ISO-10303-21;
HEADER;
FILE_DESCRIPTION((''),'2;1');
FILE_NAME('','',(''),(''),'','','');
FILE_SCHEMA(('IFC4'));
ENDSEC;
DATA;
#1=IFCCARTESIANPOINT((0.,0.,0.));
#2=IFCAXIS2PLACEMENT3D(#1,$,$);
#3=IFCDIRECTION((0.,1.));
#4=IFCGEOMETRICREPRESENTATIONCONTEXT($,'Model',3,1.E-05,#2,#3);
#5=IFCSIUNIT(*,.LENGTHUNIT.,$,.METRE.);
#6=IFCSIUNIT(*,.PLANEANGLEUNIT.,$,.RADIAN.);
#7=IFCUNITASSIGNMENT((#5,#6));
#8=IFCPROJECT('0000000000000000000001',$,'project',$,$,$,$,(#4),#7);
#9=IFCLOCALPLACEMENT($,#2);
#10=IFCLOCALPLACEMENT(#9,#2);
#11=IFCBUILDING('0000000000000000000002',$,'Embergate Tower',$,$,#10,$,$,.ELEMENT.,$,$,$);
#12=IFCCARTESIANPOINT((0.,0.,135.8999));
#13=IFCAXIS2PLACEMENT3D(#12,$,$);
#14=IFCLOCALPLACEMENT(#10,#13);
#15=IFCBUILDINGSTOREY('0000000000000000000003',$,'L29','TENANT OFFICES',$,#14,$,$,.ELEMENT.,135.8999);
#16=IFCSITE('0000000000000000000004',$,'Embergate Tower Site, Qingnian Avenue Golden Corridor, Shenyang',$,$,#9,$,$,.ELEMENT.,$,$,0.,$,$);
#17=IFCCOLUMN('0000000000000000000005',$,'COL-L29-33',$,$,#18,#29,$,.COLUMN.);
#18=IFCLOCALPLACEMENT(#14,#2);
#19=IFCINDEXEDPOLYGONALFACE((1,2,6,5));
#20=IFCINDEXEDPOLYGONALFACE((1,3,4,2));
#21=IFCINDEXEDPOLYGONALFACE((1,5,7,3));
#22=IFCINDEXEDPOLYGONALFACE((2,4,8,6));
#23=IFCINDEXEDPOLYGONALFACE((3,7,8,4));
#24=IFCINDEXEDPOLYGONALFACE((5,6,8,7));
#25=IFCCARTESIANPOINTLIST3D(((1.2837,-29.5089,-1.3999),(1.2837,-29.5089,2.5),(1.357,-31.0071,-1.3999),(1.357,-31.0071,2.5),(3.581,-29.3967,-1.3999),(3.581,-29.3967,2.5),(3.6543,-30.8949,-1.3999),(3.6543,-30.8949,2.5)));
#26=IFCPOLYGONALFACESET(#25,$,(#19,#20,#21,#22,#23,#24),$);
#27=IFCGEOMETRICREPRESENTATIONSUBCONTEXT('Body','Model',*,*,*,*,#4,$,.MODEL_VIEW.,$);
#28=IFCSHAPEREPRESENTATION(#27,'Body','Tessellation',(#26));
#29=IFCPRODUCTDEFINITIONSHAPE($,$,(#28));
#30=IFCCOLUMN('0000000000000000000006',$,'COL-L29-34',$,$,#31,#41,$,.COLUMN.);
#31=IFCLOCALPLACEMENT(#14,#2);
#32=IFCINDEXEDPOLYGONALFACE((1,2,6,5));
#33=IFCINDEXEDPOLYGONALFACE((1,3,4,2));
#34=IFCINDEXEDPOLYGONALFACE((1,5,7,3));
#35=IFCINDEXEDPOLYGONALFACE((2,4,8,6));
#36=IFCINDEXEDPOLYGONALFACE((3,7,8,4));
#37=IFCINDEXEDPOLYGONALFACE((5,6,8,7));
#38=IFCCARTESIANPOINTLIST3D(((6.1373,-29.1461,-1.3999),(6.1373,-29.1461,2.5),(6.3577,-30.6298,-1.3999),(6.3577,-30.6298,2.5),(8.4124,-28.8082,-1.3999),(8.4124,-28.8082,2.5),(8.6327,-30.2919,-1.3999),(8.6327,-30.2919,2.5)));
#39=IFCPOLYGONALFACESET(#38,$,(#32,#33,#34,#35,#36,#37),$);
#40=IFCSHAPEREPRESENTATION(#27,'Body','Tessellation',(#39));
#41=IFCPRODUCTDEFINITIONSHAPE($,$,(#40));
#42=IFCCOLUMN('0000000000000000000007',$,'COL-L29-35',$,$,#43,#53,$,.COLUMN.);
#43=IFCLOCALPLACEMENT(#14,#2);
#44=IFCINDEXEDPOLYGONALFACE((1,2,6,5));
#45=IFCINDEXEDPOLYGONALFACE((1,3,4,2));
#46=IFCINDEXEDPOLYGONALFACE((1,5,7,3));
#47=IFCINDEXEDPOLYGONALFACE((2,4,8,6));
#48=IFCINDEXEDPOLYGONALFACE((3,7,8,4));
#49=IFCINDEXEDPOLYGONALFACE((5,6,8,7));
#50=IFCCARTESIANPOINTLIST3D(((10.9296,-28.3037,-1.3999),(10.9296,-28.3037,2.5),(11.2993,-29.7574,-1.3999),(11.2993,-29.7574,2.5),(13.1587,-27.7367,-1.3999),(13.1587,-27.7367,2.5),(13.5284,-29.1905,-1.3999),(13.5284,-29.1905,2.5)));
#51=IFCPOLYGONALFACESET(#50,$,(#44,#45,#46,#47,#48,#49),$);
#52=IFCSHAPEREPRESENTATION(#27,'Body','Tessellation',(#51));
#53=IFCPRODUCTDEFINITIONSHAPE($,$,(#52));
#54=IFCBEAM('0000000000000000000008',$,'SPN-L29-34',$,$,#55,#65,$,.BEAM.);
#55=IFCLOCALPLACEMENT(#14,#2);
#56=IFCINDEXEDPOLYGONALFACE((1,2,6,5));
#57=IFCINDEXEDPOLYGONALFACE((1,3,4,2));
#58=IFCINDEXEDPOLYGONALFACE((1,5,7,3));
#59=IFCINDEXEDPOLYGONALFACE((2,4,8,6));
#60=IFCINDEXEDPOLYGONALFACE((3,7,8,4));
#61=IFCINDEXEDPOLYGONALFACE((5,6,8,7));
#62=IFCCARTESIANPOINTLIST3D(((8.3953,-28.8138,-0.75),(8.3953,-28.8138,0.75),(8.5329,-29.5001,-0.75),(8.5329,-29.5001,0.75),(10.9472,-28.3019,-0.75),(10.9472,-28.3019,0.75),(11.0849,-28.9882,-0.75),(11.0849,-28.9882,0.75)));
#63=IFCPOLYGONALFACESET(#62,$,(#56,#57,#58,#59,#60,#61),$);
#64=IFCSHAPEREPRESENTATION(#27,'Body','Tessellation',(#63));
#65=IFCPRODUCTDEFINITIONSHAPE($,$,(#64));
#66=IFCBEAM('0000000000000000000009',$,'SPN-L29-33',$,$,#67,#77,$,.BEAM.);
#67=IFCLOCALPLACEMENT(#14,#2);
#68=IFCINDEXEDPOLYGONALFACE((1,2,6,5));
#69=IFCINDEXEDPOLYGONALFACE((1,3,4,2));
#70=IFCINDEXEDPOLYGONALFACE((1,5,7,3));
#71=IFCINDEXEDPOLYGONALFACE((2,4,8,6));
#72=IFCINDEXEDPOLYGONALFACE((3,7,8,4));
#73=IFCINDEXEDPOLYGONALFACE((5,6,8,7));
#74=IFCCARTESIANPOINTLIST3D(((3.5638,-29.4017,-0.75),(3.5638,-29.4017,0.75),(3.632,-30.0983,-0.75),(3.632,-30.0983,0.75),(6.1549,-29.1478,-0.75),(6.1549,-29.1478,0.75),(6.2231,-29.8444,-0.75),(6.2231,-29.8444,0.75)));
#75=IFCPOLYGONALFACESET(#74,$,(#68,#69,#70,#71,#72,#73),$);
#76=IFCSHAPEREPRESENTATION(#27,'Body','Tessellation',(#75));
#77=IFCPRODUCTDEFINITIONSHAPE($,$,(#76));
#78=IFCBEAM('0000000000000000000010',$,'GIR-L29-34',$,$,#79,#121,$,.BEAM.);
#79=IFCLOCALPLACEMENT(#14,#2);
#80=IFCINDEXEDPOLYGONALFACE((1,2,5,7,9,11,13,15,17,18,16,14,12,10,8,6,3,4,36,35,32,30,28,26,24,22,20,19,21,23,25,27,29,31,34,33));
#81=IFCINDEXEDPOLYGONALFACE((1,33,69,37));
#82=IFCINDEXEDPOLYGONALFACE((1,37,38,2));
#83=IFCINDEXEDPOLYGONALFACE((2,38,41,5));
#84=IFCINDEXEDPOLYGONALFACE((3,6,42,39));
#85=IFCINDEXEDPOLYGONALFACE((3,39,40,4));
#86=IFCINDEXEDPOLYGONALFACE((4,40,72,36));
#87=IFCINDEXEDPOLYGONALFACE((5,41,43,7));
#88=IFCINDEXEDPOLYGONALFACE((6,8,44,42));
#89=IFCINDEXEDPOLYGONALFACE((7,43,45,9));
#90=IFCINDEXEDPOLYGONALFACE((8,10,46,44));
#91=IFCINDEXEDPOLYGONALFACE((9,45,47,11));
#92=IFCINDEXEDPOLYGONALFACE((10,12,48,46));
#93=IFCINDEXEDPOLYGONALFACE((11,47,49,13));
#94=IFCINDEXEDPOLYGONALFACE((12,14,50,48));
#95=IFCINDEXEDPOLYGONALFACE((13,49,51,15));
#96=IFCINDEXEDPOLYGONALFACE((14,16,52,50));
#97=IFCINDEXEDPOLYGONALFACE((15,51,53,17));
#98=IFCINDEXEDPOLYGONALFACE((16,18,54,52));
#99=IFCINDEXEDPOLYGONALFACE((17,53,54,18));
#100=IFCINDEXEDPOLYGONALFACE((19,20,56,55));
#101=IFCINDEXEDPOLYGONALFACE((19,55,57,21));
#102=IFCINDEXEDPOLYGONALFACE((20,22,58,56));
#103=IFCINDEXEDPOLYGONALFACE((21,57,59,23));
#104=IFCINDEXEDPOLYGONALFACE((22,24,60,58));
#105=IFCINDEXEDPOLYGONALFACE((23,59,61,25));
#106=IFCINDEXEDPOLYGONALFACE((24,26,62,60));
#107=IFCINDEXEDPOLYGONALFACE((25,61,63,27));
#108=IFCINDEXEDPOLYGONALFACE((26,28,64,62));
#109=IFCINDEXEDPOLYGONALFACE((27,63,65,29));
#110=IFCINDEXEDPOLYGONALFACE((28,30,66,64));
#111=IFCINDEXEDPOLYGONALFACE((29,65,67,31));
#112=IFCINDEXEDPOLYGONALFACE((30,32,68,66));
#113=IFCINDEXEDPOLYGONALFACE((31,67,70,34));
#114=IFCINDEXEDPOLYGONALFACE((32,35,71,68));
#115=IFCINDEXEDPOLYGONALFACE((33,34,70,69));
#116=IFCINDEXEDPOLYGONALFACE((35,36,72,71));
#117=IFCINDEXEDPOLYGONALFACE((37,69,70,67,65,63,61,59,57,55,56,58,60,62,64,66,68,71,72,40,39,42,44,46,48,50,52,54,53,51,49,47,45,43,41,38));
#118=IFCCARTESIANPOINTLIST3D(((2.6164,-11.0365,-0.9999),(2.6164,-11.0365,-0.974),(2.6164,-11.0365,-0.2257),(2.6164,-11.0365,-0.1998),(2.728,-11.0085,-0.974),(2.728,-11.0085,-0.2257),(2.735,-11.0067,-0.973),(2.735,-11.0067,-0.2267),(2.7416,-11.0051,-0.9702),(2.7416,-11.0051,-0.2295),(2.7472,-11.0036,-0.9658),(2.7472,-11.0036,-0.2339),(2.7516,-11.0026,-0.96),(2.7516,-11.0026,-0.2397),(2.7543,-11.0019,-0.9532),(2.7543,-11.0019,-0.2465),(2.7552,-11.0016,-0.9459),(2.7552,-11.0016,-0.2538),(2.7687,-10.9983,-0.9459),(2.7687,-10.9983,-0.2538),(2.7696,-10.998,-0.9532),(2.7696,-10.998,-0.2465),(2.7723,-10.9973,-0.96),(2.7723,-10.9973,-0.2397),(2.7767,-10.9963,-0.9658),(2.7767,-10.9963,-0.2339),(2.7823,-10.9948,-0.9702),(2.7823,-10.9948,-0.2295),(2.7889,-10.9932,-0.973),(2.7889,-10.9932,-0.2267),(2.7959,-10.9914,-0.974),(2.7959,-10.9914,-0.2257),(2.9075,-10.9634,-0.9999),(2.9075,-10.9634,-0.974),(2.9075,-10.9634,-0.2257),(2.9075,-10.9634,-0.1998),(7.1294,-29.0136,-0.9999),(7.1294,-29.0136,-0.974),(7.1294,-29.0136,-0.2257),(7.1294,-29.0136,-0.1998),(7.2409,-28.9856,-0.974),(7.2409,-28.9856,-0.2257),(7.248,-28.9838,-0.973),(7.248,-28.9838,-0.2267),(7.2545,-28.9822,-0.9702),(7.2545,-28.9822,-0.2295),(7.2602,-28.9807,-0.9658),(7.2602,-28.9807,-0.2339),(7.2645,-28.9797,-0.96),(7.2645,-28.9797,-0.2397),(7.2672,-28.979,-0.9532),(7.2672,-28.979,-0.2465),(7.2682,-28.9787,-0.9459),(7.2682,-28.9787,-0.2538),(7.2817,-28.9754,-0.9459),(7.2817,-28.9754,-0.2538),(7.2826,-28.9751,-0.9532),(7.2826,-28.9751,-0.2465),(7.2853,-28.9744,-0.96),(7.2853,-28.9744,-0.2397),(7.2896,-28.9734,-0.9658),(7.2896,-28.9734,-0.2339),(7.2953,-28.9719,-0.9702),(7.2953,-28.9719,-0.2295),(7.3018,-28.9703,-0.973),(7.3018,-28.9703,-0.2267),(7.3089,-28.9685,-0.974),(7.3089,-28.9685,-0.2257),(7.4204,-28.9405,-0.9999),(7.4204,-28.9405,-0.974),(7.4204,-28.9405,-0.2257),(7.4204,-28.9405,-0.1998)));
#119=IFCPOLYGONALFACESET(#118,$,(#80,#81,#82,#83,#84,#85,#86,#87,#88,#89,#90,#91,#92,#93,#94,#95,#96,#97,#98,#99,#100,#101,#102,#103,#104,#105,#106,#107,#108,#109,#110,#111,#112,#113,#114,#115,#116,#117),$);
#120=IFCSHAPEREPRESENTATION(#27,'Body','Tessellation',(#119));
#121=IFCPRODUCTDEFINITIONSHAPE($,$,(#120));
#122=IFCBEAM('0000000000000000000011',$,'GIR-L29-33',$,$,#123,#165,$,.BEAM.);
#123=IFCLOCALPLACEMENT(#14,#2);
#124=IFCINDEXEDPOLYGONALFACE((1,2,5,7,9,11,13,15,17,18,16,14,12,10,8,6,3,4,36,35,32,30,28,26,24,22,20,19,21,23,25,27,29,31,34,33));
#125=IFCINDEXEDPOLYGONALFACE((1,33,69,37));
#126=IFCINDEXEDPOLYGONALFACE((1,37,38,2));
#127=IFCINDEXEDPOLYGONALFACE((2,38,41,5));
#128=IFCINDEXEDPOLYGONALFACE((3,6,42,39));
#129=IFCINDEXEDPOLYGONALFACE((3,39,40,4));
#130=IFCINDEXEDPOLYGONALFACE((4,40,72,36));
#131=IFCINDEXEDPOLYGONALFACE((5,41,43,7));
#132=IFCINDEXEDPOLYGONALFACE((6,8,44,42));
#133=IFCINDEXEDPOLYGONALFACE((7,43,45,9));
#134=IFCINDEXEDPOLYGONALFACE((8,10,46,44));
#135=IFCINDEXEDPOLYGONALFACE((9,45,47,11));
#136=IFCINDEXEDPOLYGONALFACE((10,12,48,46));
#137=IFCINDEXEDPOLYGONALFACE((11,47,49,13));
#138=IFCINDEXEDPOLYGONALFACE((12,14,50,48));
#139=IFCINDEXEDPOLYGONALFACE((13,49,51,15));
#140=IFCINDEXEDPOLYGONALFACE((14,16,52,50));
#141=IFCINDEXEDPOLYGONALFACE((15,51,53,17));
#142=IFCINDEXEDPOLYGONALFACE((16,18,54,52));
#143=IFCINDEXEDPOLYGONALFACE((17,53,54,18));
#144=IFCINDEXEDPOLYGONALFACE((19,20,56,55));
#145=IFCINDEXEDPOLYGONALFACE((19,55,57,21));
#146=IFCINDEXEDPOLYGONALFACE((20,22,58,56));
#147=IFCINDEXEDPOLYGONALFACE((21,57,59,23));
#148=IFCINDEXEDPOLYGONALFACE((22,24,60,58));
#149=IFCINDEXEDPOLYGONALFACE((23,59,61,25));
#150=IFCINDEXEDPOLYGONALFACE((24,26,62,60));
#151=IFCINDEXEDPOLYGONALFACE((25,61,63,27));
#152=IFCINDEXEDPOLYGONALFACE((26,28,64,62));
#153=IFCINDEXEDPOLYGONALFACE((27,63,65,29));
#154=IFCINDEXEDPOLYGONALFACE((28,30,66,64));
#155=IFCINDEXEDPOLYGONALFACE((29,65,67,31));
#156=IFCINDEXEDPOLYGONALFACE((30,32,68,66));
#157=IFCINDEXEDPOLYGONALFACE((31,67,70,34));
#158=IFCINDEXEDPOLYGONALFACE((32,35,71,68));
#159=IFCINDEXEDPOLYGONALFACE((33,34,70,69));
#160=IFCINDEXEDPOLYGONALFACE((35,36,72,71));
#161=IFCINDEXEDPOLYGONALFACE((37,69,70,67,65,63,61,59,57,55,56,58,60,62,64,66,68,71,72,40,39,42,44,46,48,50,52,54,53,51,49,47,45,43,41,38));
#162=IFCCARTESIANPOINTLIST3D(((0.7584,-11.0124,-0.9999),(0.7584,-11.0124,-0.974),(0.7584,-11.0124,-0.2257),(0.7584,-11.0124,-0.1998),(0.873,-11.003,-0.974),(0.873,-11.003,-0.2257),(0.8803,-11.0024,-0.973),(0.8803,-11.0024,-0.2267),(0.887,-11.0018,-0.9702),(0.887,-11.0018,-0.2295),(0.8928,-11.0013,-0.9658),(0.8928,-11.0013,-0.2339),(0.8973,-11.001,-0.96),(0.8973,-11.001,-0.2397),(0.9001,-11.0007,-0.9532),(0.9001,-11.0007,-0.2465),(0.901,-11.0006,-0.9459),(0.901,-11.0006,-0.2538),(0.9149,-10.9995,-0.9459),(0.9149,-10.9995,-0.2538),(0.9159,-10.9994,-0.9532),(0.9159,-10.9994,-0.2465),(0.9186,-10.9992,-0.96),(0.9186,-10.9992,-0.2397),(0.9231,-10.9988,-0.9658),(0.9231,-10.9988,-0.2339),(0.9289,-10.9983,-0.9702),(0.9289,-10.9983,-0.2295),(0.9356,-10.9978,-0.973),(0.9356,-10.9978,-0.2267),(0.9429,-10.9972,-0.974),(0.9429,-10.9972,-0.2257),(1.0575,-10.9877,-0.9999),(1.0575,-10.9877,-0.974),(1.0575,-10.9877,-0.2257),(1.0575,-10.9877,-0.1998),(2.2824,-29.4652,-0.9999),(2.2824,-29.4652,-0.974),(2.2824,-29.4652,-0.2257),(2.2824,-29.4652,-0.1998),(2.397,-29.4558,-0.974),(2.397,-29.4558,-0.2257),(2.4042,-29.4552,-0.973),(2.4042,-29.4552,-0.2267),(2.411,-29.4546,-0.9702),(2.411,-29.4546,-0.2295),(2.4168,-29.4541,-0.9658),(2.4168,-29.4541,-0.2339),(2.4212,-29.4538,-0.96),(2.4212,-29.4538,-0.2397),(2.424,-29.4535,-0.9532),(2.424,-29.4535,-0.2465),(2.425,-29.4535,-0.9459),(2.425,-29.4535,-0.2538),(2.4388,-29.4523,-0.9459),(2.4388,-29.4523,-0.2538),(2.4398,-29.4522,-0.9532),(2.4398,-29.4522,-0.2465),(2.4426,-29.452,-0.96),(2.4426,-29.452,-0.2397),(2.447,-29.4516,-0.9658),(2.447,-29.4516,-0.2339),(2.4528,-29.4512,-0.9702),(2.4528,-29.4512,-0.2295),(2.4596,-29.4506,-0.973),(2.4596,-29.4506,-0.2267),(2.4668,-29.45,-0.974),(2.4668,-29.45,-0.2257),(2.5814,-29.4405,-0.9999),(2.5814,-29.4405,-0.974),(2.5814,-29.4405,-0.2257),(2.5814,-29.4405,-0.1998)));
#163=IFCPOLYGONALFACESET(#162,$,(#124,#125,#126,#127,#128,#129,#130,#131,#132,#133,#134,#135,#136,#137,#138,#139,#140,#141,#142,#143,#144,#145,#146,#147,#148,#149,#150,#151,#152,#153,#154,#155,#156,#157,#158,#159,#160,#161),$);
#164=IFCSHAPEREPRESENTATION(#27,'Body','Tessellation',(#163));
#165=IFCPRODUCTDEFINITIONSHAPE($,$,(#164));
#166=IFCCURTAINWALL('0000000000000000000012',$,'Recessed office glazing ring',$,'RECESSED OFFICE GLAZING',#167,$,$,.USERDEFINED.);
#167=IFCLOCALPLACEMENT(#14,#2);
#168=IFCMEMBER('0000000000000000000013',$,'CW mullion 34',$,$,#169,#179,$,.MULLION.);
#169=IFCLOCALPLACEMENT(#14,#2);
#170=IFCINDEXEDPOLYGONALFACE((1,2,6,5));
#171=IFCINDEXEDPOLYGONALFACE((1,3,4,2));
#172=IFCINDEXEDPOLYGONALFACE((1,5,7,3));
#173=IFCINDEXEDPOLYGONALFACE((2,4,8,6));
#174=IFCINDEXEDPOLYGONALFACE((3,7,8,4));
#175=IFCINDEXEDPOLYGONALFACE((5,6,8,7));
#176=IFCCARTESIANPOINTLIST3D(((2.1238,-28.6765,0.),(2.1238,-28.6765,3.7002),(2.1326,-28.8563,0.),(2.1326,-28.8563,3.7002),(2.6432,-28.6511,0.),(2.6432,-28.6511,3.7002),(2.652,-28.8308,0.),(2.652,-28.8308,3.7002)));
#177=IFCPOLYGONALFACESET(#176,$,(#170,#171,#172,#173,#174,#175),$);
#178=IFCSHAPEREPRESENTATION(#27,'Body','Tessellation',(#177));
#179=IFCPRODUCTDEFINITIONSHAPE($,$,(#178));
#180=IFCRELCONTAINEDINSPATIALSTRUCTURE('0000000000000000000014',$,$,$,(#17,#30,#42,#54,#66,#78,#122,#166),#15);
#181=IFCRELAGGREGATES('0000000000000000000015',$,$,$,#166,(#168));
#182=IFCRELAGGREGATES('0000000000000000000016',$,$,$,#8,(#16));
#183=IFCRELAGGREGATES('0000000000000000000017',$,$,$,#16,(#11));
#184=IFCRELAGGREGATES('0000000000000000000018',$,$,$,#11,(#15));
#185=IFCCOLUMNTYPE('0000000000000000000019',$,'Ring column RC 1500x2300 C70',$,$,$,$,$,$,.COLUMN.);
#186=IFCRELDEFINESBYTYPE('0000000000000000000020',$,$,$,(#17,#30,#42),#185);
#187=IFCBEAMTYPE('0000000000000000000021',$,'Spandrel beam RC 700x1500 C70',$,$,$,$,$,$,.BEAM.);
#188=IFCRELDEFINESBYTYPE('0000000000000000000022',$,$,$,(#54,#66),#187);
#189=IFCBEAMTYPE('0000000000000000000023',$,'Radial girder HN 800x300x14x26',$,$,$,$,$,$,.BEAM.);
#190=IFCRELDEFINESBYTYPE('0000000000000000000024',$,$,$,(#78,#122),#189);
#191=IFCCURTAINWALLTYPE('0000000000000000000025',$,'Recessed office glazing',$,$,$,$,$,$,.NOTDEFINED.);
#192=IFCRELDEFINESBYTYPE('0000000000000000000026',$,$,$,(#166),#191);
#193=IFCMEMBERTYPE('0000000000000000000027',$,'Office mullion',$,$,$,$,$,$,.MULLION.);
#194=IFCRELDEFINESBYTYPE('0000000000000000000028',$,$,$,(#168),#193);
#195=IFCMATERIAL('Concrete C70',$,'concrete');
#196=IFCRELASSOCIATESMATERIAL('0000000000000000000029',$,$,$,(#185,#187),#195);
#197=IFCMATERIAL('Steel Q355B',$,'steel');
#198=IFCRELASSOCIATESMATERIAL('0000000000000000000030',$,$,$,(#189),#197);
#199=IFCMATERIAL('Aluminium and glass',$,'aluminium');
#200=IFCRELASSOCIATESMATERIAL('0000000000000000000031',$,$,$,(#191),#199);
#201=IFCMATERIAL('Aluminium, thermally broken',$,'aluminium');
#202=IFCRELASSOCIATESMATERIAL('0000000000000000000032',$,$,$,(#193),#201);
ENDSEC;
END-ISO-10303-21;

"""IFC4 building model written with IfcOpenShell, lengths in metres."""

from ifc_helpers import new_model, si_unit, direction, frame, origin, origin_2d, place, context, subcontext, project, spatial, rectangle, i_section, extrude, source, transform, mapped, material, material_profile, profile_set, type_object, element, aggregate, save


model = new_model("IFC4")

# Units and contexts
model_context = context("Model", 3, precision=1e-05, world=origin(), true_north=direction((0.0, 1.0)))
body_context = subcontext(model_context, "Body", "Model", "MODEL_VIEW")
ifc_project = project(units=[si_unit("LENGTHUNIT", "METRE"), si_unit("PLANEANGLEUNIT", "RADIAN")], contexts=[model_context])

# Site, building, storey
site_placement = place(None, origin())
site = spatial("IfcSite", under=ifc_project, at=site_placement, Name="Embergate Tower Site, Qingnian Avenue Golden Corridor, Shenyang", CompositionType="ELEMENT", RefElevation=0.0)
building_placement = place(site_placement, origin())
building = spatial("IfcBuilding", under=site, at=building_placement, Name="Embergate Tower", CompositionType="ELEMENT")
storey_placement = place(building_placement, frame((0.0, 0.0, 135.8999)))
storey = spatial("IfcBuildingStorey", under=building, at=storey_placement, Name="L29", Description="TENANT OFFICES", CompositionType="ELEMENT", Elevation=135.8999)

# Columns
ifc_material_1 = material(Name="Concrete C70", Category="concrete")
ifc_material_profile_1 = material_profile(ifc_material_1, rectangle(XDim=1.5, YDim=2.3, at=origin_2d()), Name="RC 1500x2300")
ifc_profile_set_1 = profile_set([ifc_material_profile_1], Name="Concrete C70")
column_type = type_object("IfcColumnType", Name="Ring column RC 1500x2300 C70", PredefinedType="COLUMN", material=ifc_profile_set_1)
shared_shape_1 = source(origin(), body_context, "Body", "SweptSolid", [
    extrude(rectangle(XDim=1.5, YDim=2.3, at=origin_2d()), origin(), (0.0, 0.0, 1.0), 3.8999),
])
for number, where, z_axis, x_axis, name in (
    (1, (2.469, -30.2019, -1.3999), (0.0, 0.0, 1.0), (0.048815, -0.998808, 0.0), "COL-L29-33"),
    (2, (7.385, -29.719, -1.3999), (0.0, 0.0, 1.0), (0.146929, -0.989147, 0.0), "COL-L29-34"),
    (3, (12.229, -28.7471, -1.3999), (0.0, 0.0, 1.0), (0.246492, -0.969145, 0.0), "COL-L29-35"),
):
    element("IfcColumn", number, at=place(storey_placement, frame(where, z_axis=z_axis, x_axis=x_axis)), inside=storey, type_object=column_type, Name=name, PredefinedType="COLUMN", context=body_context, shape_type="MappedRepresentation", body=[
        mapped(shared_shape_1, transform((0.0, 0.0, 0.0))),
    ])

# Beams
ifc_material_profile_2 = material_profile(ifc_material_1, rectangle(XDim=0.7, YDim=1.5, at=origin_2d()), Name="RC 700x1500")
ifc_profile_set_2 = profile_set([ifc_material_profile_2], Name="Concrete C70")
beam_type_1 = type_object("IfcBeamType", Name="Spandrel beam RC 700x1500 C70", PredefinedType="BEAM", material=ifc_profile_set_2)
shared_shape_2 = source(origin(), body_context, "Body", "SweptSolid", [
    extrude(rectangle(XDim=0.7, YDim=1.5, at=origin_2d()), origin(), (0.0, 0.0, 1.0), 2.6028),
])
beam_1_placement = place(storey_placement, frame((8.4641, -29.157, 0.0), z_axis=(0.980465, 0.196693, 0.0), x_axis=(-0.196693, 0.980465, 0.0)))
element("IfcBeam", 4, at=beam_1_placement, inside=storey, type_object=beam_type_1, Name="SPN-L29-34", PredefinedType="BEAM", context=body_context, shape_type="MappedRepresentation", body=[
    mapped(shared_shape_2, transform((0.0, 0.0, 0.0))),
])
shared_shape_3 = source(origin(), body_context, "Body", "SweptSolid", [
    extrude(rectangle(XDim=0.7, YDim=1.5, at=origin_2d()), origin(), (0.0, 0.0, 1.0), 2.6035),
])
beam_2_placement = place(storey_placement, frame((3.5979, -29.75, 0.0), z_axis=(0.995233, 0.097526, 0.0), x_axis=(-0.097526, 0.995233, 0.0)))
element("IfcBeam", 5, at=beam_2_placement, inside=storey, type_object=beam_type_1, Name="SPN-L29-33", PredefinedType="BEAM", context=body_context, shape_type="MappedRepresentation", body=[
    mapped(shared_shape_3, transform((0.0, 0.0, 0.0))),
])
ifc_material_2 = material(Name="Steel Q355B", Category="steel")
ifc_material_profile_3 = material_profile(ifc_material_2, i_section(OverallWidth=0.3, OverallDepth=0.8, WebThickness=0.0139, FlangeThickness=0.0259, FilletRadius=0.0281, at=origin_2d()), Name="HN 800x300x14x26")
ifc_profile_set_3 = profile_set([ifc_material_profile_3], Name="Steel Q355 grade B")
beam_type_2 = type_object("IfcBeamType", Name="Radial girder HN 800x300x14x26", PredefinedType="BEAM", material=ifc_profile_set_3)
shared_shape_4 = source(origin(), body_context, "Body", "SweptSolid", [
    extrude(i_section(OverallWidth=0.3, OverallDepth=0.8, WebThickness=0.0139, FlangeThickness=0.0259, FilletRadius=0.0281, at=origin_2d()), origin(), (0.0, 0.0, 1.0), 18.5349),
])
beam_3_placement = place(storey_placement, frame((7.2749, -28.9771, -0.5999), z_axis=(-0.243484, 0.969905, 0.0), x_axis=(-0.969905, -0.243484, 0.0)))
element("IfcBeam", 6, at=beam_3_placement, inside=storey, type_object=beam_type_2, Name="GIR-L29-34", PredefinedType="BEAM", context=body_context, shape_type="MappedRepresentation", body=[
    mapped(shared_shape_4, transform((0.0, 0.0, 0.0))),
])
shared_shape_5 = source(origin(), body_context, "Body", "SweptSolid", [
    extrude(i_section(OverallWidth=0.3, OverallDepth=0.8, WebThickness=0.0139, FlangeThickness=0.0259, FilletRadius=0.0281, at=origin_2d()), origin(), (0.0, 0.0, 1.0), 18.5156),
])
beam_4_placement = place(storey_placement, frame((2.4319, -29.4529, -0.5999), z_axis=(-0.082305, 0.996607, 0.0), x_axis=(-0.996607, -0.082305, 0.0)))
element("IfcBeam", 7, at=beam_4_placement, inside=storey, type_object=beam_type_2, Name="GIR-L29-33", PredefinedType="BEAM", context=body_context, shape_type="MappedRepresentation", body=[
    mapped(shared_shape_5, transform((0.0, 0.0, 0.0))),
])

# Curtain wall, member
ifc_material_3 = material(Name="Aluminium and glass", Category="aluminium")
curtain_wall_type = type_object("IfcCurtainWallType", Name="Recessed office glazing", PredefinedType="NOTDEFINED", material=ifc_material_3)
curtain_wall_placement = place(storey_placement, origin())
curtain_wall = element("IfcCurtainWall", 8, at=curtain_wall_placement, inside=storey, type_object=curtain_wall_type, Name="Recessed office glazing ring", ObjectType="RECESSED OFFICE GLAZING", PredefinedType="USERDEFINED")
ifc_material_4 = material(Name="Aluminium, thermally broken", Category="aluminium")
ifc_material_profile_4 = material_profile(ifc_material_4, rectangle(XDim=0.1799, YDim=0.52, at=origin_2d()), Name="AL 520x180")
ifc_profile_set_4 = profile_set([ifc_material_profile_4], Name="Aluminium, thermally broken")
member_type_1 = type_object("IfcMemberType", Name="Office mullion", PredefinedType="MULLION", material=ifc_profile_set_4)
shared_shape_6 = source(origin(), body_context, "Body", "SweptSolid", [
    extrude(rectangle(XDim=0.1799, YDim=0.52, at=origin_2d()), origin(), (0.0, 0.0, 1.0), 3.7002),
])
member_1_placement = place(storey_placement, frame((2.3879, -28.7537, 0.0), z_axis=(0.0, 0.0, 1.0), x_axis=(-0.048972, 0.9988, 0.0)))
member_1 = element("IfcMember", 9, at=member_1_placement, type_object=member_type_1, Name="CW mullion 34", PredefinedType="MULLION", context=body_context, shape_type="MappedRepresentation", body=[
    mapped(shared_shape_6, transform((0.0, 0.0, 0.0))),
])
aggregate(curtain_wall, [member_1])

save(model, "model.ifc")
